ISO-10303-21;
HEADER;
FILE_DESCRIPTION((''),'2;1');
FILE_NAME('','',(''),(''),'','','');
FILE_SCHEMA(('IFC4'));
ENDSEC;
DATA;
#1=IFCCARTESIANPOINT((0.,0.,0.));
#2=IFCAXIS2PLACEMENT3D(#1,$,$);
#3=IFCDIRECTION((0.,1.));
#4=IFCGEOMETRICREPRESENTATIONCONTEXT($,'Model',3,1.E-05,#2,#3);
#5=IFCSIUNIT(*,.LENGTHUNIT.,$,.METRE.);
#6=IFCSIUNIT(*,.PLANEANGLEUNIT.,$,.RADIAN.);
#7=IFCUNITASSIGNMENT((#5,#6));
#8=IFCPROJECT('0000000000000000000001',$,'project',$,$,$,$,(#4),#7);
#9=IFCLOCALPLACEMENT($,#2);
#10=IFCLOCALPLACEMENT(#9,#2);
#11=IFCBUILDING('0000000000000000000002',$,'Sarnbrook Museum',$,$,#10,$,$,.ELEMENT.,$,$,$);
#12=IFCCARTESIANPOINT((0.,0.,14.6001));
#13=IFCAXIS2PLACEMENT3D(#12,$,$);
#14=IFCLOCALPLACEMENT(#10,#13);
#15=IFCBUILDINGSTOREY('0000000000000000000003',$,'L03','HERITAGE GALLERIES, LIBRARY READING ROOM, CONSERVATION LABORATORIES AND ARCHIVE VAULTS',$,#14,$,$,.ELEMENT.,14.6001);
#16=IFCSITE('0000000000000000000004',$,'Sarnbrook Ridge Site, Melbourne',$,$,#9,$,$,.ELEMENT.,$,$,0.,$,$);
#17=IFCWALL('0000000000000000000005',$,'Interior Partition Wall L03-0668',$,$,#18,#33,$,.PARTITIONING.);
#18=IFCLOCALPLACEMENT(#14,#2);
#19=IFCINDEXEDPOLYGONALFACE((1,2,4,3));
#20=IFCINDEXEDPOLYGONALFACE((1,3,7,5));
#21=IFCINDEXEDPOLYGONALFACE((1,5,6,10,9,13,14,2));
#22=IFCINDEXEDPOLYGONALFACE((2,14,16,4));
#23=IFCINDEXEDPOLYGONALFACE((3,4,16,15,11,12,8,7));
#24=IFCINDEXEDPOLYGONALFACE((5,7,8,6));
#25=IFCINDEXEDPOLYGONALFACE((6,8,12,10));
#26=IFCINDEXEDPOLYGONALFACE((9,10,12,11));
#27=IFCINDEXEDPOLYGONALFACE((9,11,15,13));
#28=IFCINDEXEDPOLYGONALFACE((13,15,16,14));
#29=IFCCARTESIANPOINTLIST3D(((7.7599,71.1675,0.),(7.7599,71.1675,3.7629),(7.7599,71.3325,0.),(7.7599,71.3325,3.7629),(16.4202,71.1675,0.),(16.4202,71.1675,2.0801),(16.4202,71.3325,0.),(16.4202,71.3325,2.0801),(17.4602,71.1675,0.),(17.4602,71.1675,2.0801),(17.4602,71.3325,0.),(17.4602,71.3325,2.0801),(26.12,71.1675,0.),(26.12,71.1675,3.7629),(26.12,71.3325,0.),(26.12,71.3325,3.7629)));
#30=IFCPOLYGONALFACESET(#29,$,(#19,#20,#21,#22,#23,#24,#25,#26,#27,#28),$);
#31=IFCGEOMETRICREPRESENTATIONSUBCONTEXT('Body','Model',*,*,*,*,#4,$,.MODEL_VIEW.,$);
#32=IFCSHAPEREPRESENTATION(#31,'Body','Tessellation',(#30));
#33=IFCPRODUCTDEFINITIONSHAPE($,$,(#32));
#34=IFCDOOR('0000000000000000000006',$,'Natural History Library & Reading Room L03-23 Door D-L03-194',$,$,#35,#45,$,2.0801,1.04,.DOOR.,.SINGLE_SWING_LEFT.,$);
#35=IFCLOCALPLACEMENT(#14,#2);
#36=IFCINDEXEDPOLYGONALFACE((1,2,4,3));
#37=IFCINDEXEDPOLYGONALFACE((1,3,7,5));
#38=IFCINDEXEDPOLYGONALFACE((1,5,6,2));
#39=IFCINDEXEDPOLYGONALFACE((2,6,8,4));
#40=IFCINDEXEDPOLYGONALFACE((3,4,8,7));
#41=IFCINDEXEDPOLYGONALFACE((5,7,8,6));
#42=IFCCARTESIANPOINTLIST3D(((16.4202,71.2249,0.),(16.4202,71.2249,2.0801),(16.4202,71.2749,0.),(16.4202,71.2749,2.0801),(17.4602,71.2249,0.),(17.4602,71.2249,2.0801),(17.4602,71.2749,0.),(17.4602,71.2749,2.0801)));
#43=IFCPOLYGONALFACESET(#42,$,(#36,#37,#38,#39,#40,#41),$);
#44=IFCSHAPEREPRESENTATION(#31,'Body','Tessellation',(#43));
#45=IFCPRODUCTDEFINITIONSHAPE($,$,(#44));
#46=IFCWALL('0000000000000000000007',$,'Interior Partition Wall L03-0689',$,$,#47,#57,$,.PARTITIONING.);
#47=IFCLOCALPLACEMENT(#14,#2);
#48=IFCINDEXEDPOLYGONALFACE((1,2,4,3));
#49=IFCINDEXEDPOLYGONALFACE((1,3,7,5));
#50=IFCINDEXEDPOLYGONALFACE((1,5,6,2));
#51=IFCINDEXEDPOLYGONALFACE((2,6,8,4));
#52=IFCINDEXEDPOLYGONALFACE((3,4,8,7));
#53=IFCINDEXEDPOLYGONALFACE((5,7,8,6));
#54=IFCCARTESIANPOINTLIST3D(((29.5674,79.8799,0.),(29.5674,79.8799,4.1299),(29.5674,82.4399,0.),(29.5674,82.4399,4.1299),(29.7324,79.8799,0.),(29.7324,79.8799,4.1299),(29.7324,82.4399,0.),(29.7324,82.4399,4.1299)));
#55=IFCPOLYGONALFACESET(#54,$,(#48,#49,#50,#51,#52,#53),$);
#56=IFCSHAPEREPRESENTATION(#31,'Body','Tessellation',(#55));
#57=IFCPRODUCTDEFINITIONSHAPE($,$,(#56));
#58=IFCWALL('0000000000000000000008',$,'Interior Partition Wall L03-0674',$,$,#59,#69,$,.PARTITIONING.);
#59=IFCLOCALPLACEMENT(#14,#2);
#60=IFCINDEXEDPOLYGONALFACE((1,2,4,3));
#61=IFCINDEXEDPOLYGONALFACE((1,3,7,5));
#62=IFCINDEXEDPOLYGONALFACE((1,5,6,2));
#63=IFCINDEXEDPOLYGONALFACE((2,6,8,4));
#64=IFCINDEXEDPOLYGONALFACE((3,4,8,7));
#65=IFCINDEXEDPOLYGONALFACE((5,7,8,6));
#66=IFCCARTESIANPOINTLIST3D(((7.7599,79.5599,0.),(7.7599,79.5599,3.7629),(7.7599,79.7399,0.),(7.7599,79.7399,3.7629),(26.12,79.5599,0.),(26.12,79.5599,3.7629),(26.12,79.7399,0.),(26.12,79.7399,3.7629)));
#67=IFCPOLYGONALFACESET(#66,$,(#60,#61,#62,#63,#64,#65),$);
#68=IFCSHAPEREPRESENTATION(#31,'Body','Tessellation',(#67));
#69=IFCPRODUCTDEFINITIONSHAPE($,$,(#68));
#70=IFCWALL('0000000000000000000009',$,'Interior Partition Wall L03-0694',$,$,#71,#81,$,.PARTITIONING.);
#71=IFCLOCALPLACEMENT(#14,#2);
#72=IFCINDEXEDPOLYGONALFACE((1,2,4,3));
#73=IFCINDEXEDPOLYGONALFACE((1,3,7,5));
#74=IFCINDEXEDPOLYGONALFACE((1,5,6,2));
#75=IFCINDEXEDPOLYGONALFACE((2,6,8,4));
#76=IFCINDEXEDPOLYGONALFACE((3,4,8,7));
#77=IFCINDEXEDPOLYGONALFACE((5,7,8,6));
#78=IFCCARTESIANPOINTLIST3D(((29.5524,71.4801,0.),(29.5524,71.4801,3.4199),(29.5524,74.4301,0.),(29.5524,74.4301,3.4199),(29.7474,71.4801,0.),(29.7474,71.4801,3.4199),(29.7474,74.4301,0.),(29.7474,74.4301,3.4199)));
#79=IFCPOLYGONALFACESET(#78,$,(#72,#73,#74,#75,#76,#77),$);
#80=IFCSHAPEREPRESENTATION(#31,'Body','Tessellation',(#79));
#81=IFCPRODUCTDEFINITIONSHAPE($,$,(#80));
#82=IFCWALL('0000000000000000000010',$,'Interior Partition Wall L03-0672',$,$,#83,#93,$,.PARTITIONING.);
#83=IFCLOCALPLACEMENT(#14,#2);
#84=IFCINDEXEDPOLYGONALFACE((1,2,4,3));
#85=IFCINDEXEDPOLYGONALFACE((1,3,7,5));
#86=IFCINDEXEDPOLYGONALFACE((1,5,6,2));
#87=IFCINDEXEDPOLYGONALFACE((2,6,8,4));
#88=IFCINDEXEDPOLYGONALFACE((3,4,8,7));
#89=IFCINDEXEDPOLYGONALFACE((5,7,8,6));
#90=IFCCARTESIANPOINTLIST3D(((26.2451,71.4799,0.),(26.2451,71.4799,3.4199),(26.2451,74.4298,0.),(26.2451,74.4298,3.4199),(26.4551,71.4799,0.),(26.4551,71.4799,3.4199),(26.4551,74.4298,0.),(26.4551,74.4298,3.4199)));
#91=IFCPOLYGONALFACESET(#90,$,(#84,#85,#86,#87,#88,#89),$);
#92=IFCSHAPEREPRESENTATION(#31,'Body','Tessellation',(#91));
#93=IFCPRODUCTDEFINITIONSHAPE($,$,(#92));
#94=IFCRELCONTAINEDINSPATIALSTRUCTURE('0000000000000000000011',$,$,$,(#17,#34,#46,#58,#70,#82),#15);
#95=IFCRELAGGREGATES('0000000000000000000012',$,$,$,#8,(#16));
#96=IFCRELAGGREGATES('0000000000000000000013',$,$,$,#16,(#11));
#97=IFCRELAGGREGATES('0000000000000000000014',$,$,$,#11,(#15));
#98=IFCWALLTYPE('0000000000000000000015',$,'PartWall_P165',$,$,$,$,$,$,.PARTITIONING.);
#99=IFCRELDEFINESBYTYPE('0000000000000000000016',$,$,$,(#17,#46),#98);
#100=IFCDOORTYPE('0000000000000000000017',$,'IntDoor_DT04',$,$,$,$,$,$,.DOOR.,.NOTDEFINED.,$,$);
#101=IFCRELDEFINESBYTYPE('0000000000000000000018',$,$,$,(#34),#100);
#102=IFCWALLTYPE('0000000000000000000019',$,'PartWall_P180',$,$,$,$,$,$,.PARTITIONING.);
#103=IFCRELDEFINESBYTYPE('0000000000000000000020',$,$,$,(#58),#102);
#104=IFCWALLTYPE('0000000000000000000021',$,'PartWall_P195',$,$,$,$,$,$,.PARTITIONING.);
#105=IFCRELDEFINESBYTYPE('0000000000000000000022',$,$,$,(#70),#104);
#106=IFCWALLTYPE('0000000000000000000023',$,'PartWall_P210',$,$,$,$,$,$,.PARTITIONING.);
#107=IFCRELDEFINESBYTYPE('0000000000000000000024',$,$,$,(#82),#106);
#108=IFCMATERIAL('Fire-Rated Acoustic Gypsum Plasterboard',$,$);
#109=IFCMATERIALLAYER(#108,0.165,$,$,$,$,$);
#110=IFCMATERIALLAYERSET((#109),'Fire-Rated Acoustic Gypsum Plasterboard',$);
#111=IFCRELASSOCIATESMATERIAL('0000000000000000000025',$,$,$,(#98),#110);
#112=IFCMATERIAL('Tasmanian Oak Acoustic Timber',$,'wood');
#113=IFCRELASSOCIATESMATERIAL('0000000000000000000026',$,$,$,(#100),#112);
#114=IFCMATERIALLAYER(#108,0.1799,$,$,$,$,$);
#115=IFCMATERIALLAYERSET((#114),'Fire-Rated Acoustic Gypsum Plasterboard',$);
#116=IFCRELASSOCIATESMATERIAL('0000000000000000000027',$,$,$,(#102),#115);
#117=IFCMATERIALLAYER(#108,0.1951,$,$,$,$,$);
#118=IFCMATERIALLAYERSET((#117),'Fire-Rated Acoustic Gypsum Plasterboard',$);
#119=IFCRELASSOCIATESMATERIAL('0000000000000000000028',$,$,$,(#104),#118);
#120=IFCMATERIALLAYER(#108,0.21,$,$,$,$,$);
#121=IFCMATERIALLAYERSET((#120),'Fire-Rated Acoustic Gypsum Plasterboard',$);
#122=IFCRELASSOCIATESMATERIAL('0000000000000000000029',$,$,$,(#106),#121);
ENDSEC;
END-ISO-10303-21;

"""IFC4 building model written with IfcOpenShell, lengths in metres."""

from ifc_helpers import new_model, si_unit, direction, frame, frame_2d, origin, place, context, subcontext, project, spatial, rectangle, extrude, material, layer, layer_set, type_object, element, fill, save


model = new_model("IFC4")

# Units and contexts
model_context = context("Model", 3, precision=1e-05, world=origin(), true_north=direction((0.0, 1.0)))
body_context = subcontext(model_context, "Body", "Model", "MODEL_VIEW")
ifc_project = project(units=[si_unit("LENGTHUNIT", "METRE"), si_unit("PLANEANGLEUNIT", "RADIAN")], contexts=[model_context])

# Site, building, storey
site_placement = place(None, origin())
site = spatial("IfcSite", under=ifc_project, at=site_placement, Name="Sarnbrook Ridge Site, Melbourne", CompositionType="ELEMENT", RefElevation=0.0)
building_placement = place(site_placement, origin())
building = spatial("IfcBuilding", under=site, at=building_placement, Name="Sarnbrook Museum", CompositionType="ELEMENT")
storey_placement = place(building_placement, frame((0.0, 0.0, 14.6001)))
storey = spatial("IfcBuildingStorey", under=building, at=storey_placement, Name="L03", Description="HERITAGE GALLERIES, LIBRARY READING ROOM, CONSERVATION LABORATORIES AND ARCHIVE VAULTS", CompositionType="ELEMENT", Elevation=14.6001)

# Shared definitions
ifc_material_1 = material(Name="Fire-Rated Acoustic Gypsum Plasterboard")

# Wall, opening, door
ifc_material_2 = material(Name="Tasmanian Oak Acoustic Timber", Category="wood")
ifc_layer_1 = layer(ifc_material_1, 0.165)
ifc_layer_set_1 = layer_set([ifc_layer_1], Name="Fire-Rated Acoustic Gypsum Plasterboard")
wall_type_1 = type_object("IfcWallType", Name="PartWall_P165", PredefinedType="PARTITIONING", material=ifc_layer_set_1)
wall_1_placement = place(storey_placement, frame((26.1201, 71.25, 0.0), z_axis=(0.0, 0.0, 1.0), x_axis=(-1.0, 0.0, 0.0)))
wall_1 = element("IfcWall", 1, at=wall_1_placement, inside=storey, type_object=wall_type_1, Name="Interior Partition Wall L03-0668", PredefinedType="PARTITIONING", context=body_context, shape_type="SweptSolid", body=[
    extrude(rectangle(XDim=18.3601, YDim=0.165, at=frame_2d((9.1802, 0.0))), origin(), (0.0, 0.0, 1.0), 3.7629),
])
opening_1_placement = place(wall_1_placement, frame((8.6599, 0.0, 0.0)))
opening_1 = element("IfcOpeningElement", 2, at=opening_1_placement, cuts=wall_1, PredefinedType="OPENING", context=body_context, shape_type="SweptSolid", body=[
    extrude(rectangle(XDim=1.04, YDim=2.0801, at=frame_2d((0.52, 1.04))), frame((0.0, 0.0925, 0.0), z_axis=(0.0, -1.0, 0.0), x_axis=(1.0, 0.0, 0.0)), (0.0, 0.0, 1.0), 0.1851),
])
door_type_1 = type_object("IfcDoorType", Name="IntDoor_DT04", OperationType="NOTDEFINED", PredefinedType="DOOR", material=ifc_material_2)
door_1_placement = place(opening_1_placement, frame((1.04, 0.0, 0.0), z_axis=(0.0, 0.0, 1.0), x_axis=(-1.0, 0.0, 0.0)))
door_1 = element("IfcDoor", 3, at=door_1_placement, inside=storey, type_object=door_type_1, Name="Natural History Library & Reading Room L03-23 Door D-L03-194", OperationType="SINGLE_SWING_LEFT", OverallHeight=2.0801, OverallWidth=1.04, PredefinedType="DOOR", context=body_context, shape_type="SweptSolid", body=[
    extrude(rectangle(XDim=1.04, YDim=2.0801, at=frame_2d((0.52, 1.04))), frame((0.0, 0.0249, 0.0), z_axis=(0.0, -1.0, 0.0), x_axis=(1.0, 0.0, 0.0)), (0.0, 0.0, 1.0), 0.05),
])
fill(opening_1, door_1)

# Walls
wall_2_placement = place(storey_placement, frame((29.6499, 79.8799, 0.0), z_axis=(0.0, 0.0, 1.0), x_axis=(0.0, 1.0, 0.0)))
element("IfcWall", 4, at=wall_2_placement, inside=storey, type_object=wall_type_1, Name="Interior Partition Wall L03-0689", PredefinedType="PARTITIONING", context=body_context, shape_type="SweptSolid", body=[
    extrude(rectangle(XDim=2.5601, YDim=0.165, at=frame_2d((1.28, 0.0))), origin(), (0.0, 0.0, 1.0), 4.1299),
])
ifc_layer_2 = layer(ifc_material_1, 0.1799)
ifc_layer_set_2 = layer_set([ifc_layer_2], Name="Fire-Rated Acoustic Gypsum Plasterboard")
wall_type_2 = type_object("IfcWallType", Name="PartWall_P180", PredefinedType="PARTITIONING", material=ifc_layer_set_2)
wall_3_placement = place(storey_placement, frame((26.1201, 79.6499, 0.0), z_axis=(0.0, 0.0, 1.0), x_axis=(-1.0, 0.0, 0.0)))
element("IfcWall", 5, at=wall_3_placement, inside=storey, type_object=wall_type_2, Name="Interior Partition Wall L03-0674", PredefinedType="PARTITIONING", context=body_context, shape_type="SweptSolid", body=[
    extrude(rectangle(XDim=18.3601, YDim=0.1799, at=frame_2d((9.1802, 0.0))), origin(), (0.0, 0.0, 1.0), 3.7629),
])
ifc_layer_3 = layer(ifc_material_1, 0.1951)
ifc_layer_set_3 = layer_set([ifc_layer_3], Name="Fire-Rated Acoustic Gypsum Plasterboard")
wall_type_3 = type_object("IfcWallType", Name="PartWall_P195", PredefinedType="PARTITIONING", material=ifc_layer_set_3)
wall_4_placement = place(storey_placement, frame((29.6499, 71.48, 0.0), z_axis=(0.0, 0.0, 1.0), x_axis=(0.0, 1.0, 0.0)))
element("IfcWall", 6, at=wall_4_placement, inside=storey, type_object=wall_type_3, Name="Interior Partition Wall L03-0694", PredefinedType="PARTITIONING", context=body_context, shape_type="SweptSolid", body=[
    extrude(rectangle(XDim=2.95, YDim=0.1951, at=frame_2d((1.4751, 0.0))), origin(), (0.0, 0.0, 1.0), 3.4199),
])
ifc_layer_4 = layer(ifc_material_1, 0.21)
ifc_layer_set_4 = layer_set([ifc_layer_4], Name="Fire-Rated Acoustic Gypsum Plasterboard")
wall_type_4 = type_object("IfcWallType", Name="PartWall_P210", PredefinedType="PARTITIONING", material=ifc_layer_set_4)
wall_5_placement = place(storey_placement, frame((26.3501, 74.4299, 0.0), z_axis=(0.0, 0.0, 1.0), x_axis=(0.0, -1.0, 0.0)))
element("IfcWall", 7, at=wall_5_placement, inside=storey, type_object=wall_type_4, Name="Interior Partition Wall L03-0672", PredefinedType="PARTITIONING", context=body_context, shape_type="SweptSolid", body=[
    extrude(rectangle(XDim=2.95, YDim=0.21, at=frame_2d((1.4751, 0.0))), origin(), (0.0, 0.0, 1.0), 3.4199),
])

save(model, "model.ifc")
